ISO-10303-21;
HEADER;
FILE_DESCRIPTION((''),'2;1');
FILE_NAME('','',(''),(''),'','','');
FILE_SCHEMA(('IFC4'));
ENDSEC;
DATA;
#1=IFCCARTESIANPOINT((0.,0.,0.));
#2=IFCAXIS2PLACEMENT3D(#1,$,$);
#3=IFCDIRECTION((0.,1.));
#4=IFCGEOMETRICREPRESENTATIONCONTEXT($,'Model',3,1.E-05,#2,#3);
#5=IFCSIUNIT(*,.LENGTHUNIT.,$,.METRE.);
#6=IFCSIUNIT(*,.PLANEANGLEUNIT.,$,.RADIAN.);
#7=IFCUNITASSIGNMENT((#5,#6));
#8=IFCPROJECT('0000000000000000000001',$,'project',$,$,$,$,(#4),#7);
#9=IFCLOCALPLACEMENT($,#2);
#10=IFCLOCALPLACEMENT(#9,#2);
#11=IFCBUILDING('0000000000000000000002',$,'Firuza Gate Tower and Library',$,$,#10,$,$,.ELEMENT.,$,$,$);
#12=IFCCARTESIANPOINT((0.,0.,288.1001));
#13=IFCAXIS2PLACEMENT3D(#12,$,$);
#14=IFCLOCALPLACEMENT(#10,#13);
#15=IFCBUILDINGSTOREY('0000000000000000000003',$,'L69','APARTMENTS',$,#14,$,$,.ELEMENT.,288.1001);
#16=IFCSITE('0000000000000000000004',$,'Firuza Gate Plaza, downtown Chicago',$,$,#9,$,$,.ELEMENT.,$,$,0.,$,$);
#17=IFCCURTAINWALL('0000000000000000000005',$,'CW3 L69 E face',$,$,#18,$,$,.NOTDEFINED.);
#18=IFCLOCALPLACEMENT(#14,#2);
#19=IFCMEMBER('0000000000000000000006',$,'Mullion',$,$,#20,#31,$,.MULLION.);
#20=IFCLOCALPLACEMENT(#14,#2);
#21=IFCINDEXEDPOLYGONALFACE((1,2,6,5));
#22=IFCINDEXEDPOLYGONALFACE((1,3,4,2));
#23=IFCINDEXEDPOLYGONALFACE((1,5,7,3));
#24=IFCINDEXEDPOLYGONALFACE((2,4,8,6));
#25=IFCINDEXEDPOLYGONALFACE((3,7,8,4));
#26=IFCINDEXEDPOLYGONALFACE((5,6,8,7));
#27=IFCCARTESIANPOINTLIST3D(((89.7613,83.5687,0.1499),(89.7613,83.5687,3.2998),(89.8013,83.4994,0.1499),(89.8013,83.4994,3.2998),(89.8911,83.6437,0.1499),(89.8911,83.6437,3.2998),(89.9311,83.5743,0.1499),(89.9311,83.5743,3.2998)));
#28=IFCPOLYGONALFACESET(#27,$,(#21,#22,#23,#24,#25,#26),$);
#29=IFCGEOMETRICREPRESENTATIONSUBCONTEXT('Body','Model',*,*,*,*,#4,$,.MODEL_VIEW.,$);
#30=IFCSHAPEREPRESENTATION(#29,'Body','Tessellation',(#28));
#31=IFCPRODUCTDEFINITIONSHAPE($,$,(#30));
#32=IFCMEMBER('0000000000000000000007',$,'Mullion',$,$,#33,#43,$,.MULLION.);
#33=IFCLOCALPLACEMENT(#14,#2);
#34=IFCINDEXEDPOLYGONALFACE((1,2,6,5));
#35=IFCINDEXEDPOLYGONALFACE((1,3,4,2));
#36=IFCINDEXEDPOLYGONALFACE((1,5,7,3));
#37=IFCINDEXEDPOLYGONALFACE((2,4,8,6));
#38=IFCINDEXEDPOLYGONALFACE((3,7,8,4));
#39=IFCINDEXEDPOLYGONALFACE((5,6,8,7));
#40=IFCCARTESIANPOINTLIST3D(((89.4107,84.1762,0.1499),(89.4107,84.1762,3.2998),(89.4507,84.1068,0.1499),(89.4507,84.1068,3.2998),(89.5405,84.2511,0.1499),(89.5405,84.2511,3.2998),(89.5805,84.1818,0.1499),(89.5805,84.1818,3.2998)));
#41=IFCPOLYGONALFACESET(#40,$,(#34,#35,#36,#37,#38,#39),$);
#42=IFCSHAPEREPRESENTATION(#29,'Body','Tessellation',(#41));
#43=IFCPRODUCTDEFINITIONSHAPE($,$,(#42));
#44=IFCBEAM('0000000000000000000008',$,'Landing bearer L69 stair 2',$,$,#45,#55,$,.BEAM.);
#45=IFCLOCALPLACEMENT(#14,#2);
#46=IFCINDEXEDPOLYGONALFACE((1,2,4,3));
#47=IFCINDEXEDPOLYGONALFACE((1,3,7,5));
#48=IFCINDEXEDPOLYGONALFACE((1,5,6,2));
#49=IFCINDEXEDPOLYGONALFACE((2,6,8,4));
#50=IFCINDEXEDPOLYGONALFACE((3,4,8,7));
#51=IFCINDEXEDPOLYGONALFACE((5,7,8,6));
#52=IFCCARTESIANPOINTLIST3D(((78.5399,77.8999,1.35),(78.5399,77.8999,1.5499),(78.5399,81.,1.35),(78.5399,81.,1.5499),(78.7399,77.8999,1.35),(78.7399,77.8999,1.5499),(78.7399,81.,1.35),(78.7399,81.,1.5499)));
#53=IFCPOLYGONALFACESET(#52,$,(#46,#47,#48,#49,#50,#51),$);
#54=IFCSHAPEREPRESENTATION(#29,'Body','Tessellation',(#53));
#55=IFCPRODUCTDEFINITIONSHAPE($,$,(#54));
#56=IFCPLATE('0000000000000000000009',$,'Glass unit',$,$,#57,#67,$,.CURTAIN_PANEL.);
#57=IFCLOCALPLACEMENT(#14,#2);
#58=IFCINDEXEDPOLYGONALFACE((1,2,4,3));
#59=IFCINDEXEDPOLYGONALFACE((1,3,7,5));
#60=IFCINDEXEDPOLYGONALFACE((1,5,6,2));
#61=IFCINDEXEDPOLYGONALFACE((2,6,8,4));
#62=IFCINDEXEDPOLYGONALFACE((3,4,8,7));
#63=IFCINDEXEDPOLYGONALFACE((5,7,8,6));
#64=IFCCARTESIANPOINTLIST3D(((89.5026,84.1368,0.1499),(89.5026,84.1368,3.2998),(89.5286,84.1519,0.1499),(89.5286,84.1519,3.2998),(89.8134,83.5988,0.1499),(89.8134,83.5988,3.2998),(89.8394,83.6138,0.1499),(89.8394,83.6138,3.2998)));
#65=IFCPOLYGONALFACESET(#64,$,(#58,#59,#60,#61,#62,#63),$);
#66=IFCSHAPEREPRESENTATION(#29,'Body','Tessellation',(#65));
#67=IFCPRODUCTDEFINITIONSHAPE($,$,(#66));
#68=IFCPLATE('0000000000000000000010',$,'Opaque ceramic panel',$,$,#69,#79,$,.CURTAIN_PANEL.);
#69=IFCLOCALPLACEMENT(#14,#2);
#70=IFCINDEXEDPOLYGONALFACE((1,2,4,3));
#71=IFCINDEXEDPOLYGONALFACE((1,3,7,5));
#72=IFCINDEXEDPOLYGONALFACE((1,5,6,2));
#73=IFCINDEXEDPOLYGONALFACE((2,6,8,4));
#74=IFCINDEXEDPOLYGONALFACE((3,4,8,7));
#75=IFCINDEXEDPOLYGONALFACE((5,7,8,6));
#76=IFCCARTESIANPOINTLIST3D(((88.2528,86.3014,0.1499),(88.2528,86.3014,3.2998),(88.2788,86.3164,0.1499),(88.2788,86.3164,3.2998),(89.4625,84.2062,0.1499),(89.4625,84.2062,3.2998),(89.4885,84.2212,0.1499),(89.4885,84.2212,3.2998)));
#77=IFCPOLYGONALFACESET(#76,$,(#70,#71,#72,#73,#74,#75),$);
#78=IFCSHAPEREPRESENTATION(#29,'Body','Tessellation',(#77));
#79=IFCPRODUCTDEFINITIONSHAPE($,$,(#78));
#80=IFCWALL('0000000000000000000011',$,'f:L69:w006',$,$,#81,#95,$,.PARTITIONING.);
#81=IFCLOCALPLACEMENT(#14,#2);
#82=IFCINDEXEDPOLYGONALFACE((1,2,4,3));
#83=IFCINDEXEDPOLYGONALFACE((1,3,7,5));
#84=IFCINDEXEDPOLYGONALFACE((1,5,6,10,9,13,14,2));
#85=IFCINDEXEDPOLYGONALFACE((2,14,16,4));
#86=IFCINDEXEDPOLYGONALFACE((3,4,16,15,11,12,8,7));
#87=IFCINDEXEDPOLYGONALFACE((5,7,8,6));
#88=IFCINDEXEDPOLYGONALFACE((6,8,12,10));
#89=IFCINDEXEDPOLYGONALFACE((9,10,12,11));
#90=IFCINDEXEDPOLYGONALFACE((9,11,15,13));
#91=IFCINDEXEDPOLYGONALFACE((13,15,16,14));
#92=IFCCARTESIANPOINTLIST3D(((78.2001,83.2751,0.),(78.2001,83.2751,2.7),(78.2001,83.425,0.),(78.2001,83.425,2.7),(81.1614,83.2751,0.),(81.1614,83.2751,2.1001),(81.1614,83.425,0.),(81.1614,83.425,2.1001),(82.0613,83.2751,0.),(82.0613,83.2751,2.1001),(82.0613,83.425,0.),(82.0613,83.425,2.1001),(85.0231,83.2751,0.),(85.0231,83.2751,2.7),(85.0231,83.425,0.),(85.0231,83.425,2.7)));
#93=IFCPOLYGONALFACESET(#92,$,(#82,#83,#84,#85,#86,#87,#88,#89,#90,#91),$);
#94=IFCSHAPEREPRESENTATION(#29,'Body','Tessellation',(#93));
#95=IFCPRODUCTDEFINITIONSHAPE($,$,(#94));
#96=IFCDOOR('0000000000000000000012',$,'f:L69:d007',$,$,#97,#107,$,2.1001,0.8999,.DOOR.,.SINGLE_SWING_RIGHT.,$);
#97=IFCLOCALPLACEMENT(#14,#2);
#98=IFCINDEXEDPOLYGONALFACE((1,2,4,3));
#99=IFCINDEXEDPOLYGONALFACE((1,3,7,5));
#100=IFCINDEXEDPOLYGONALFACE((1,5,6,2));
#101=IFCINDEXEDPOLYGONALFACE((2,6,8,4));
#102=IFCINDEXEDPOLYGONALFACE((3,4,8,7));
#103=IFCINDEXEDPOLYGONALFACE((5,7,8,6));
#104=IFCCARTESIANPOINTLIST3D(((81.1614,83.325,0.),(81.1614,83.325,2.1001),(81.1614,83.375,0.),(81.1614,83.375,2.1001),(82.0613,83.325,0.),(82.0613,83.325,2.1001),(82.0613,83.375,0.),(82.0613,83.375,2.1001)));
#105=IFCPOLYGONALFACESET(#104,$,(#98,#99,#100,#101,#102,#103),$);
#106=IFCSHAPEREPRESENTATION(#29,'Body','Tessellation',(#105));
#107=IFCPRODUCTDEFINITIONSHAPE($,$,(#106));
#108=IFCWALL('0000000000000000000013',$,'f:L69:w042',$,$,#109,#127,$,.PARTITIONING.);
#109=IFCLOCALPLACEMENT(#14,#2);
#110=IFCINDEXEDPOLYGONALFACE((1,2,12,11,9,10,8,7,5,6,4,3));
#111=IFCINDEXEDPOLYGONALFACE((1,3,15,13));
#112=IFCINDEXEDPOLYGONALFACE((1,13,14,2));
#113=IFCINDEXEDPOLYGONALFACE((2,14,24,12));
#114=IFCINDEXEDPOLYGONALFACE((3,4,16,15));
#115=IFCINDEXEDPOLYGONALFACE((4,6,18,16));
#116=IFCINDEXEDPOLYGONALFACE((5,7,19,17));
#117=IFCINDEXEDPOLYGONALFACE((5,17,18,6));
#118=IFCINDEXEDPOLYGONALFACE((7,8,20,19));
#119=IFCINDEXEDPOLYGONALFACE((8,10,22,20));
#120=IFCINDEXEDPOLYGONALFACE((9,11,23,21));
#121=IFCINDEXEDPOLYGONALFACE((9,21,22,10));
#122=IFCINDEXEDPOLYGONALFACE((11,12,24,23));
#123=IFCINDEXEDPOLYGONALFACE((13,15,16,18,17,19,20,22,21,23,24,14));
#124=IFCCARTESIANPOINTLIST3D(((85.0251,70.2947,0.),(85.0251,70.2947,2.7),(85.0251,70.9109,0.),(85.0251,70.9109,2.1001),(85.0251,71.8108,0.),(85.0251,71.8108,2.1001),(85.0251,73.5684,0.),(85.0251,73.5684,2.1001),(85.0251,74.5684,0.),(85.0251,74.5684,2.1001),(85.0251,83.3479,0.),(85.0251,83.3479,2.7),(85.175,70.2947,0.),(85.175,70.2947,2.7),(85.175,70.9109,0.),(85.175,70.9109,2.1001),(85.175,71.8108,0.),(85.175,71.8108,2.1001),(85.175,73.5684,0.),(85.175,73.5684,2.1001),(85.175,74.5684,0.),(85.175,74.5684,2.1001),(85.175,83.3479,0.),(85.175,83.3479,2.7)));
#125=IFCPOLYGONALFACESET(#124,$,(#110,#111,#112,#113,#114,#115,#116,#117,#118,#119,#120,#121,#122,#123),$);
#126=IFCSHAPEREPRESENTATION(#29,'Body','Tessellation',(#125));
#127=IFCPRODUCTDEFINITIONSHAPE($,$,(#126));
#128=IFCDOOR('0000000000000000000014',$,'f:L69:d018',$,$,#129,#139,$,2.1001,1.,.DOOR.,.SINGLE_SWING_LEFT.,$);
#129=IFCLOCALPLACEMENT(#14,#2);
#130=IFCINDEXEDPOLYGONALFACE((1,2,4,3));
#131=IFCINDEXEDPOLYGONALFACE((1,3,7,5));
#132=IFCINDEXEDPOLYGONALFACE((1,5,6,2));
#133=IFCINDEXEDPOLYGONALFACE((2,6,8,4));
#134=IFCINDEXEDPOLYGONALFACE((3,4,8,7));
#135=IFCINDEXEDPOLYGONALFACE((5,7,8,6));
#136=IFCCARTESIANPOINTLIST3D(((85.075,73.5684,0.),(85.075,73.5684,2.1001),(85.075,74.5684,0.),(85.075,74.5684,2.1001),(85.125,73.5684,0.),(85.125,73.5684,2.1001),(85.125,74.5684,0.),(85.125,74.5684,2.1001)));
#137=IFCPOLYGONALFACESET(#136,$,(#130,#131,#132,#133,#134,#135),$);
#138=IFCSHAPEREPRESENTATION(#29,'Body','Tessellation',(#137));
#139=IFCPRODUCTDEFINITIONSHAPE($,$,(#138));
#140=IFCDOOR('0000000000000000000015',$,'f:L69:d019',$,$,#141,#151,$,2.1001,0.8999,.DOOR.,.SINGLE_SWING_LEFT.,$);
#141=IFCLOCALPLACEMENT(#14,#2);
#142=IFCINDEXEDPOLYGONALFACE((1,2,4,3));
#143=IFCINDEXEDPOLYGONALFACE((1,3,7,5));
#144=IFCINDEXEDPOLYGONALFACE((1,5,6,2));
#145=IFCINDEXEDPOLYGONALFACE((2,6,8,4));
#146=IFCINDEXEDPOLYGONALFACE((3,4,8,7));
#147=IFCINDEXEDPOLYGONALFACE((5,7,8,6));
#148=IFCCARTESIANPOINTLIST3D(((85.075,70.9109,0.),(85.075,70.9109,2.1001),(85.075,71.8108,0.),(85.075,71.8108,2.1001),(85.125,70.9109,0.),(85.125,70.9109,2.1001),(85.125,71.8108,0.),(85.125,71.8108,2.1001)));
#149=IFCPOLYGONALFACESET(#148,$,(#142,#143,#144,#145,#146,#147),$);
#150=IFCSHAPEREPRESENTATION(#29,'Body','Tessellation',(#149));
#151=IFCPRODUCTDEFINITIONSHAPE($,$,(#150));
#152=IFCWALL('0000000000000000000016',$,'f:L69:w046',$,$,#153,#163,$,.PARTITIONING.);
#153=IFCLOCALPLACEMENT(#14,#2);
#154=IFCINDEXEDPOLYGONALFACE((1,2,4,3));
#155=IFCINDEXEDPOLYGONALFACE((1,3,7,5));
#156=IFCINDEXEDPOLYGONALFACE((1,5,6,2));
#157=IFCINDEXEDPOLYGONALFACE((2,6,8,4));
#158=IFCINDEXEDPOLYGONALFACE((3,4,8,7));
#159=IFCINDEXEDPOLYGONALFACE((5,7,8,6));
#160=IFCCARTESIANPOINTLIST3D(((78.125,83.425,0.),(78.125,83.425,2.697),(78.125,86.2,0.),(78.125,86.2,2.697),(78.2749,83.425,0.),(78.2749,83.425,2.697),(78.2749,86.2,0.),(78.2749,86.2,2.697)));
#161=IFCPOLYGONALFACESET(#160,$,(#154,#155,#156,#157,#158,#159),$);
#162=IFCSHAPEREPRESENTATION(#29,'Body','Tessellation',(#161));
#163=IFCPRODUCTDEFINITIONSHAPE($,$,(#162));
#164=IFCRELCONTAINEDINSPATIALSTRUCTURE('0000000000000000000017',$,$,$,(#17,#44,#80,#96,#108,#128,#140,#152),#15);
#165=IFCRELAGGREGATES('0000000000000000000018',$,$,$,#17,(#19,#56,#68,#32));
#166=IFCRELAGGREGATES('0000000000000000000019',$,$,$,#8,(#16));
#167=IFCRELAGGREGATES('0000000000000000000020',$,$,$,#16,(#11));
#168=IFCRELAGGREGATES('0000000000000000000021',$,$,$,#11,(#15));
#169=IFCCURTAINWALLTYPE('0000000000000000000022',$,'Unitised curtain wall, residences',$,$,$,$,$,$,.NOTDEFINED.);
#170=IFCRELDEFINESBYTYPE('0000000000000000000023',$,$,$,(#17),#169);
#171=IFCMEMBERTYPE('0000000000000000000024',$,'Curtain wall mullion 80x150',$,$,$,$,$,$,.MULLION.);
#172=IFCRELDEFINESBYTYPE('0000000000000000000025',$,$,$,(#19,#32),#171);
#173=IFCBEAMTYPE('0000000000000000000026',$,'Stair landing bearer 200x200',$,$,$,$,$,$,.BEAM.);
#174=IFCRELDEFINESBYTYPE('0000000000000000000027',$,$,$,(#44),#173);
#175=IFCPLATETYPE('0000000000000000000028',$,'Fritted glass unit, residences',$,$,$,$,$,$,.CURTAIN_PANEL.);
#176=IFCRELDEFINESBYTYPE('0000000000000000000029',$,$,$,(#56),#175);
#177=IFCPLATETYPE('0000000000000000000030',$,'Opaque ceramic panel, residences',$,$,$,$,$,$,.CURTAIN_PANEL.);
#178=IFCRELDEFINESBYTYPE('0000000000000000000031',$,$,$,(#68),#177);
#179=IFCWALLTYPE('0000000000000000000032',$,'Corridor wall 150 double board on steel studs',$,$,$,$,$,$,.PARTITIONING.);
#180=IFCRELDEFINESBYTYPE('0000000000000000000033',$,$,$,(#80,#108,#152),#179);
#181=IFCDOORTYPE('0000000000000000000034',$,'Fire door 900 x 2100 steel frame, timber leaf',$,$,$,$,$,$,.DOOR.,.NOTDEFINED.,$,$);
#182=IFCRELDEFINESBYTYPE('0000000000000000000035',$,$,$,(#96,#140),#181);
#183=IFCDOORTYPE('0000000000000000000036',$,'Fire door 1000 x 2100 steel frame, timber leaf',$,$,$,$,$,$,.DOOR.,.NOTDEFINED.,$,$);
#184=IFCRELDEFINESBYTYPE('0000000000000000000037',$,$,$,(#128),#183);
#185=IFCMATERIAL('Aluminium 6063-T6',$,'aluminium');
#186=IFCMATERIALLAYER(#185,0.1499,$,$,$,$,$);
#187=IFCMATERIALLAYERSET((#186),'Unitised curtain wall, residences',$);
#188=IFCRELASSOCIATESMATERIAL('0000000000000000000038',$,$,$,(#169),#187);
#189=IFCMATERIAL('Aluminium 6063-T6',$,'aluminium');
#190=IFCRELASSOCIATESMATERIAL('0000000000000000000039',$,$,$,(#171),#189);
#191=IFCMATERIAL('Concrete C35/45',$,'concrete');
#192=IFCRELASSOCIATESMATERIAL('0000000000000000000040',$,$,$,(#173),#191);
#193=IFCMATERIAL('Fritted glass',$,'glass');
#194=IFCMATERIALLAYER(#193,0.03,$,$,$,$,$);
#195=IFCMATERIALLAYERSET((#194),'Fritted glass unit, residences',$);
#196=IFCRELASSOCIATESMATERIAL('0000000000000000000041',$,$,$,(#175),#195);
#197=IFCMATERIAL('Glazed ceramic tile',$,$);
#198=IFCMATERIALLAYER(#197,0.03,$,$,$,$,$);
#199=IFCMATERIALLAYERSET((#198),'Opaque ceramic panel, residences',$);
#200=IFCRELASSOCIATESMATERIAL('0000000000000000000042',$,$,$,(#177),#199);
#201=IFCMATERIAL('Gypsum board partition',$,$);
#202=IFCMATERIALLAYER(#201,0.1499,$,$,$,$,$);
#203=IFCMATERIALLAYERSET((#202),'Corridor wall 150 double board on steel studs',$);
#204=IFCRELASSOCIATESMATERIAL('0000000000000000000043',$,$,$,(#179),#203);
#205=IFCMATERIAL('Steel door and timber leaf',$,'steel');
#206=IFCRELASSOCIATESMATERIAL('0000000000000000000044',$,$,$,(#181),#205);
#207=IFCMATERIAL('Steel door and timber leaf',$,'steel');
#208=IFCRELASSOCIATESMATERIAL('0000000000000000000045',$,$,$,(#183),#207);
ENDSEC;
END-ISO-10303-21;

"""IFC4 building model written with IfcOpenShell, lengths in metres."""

from ifc_helpers import new_model, si_unit, direction, frame, frame_2d, origin, origin_2d, place, context, subcontext, project, spatial, polyline, rectangle, outline, extrude, material, layer, layer_set, material_profile, profile_set, type_object, element, fill, aggregate, save


model = new_model("IFC4")

# Units and contexts
model_context = context("Model", 3, precision=1e-05, world=origin(), true_north=direction((0.0, 1.0)))
body_context = subcontext(model_context, "Body", "Model", "MODEL_VIEW")
ifc_project = project(units=[si_unit("LENGTHUNIT", "METRE"), si_unit("PLANEANGLEUNIT", "RADIAN")], contexts=[model_context])

# Site, building, storey
site_placement = place(None, origin())
site = spatial("IfcSite", under=ifc_project, at=site_placement, Name="Firuza Gate Plaza, downtown Chicago", CompositionType="ELEMENT", RefElevation=0.0)
building_placement = place(site_placement, origin())
building = spatial("IfcBuilding", under=site, at=building_placement, Name="Firuza Gate Tower and Library", CompositionType="ELEMENT")
storey_placement = place(building_placement, frame((0.0, 0.0, 288.1001)))
storey = spatial("IfcBuildingStorey", under=building, at=storey_placement, Name="L69", Description="APARTMENTS", CompositionType="ELEMENT", Elevation=288.1001)

# Curtain wall, members
ifc_material_1 = material(Name="Aluminium 6063-T6", Category="aluminium")
ifc_layer_1 = layer(ifc_material_1, 0.1499)
ifc_layer_set_1 = layer_set([ifc_layer_1], Name="Unitised curtain wall, residences")
curtain_wall_type = type_object("IfcCurtainWallType", Name="Unitised curtain wall, residences", PredefinedType="NOTDEFINED", material=ifc_layer_set_1)
placement = place(storey_placement, origin())
curtain_wall = element("IfcCurtainWall", 1, at=placement, inside=storey, type_object=curtain_wall_type, Name="CW3 L69 E face", PredefinedType="NOTDEFINED")
ifc_material_2 = material(Name="Aluminium 6063-T6", Category="aluminium")
ifc_material_profile_1 = material_profile(ifc_material_2, rectangle(XDim=0.1499, YDim=0.0801, at=origin_2d()))
ifc_profile_set_1 = profile_set([ifc_material_profile_1], Name="Aluminium 6063-T6")
member_type = type_object("IfcMemberType", Name="Curtain wall mullion 80x150", PredefinedType="MULLION", material=ifc_profile_set_1)
member_1_placement = place(storey_placement, frame((89.8462, 83.5715, 0.1499), z_axis=(0.0, 0.0, 1.0), x_axis=(-0.866025, -0.5, 0.0)))
member_1 = element("IfcMember", 2, at=member_1_placement, type_object=member_type, Name="Mullion", PredefinedType="MULLION", context=body_context, shape_type="SweptSolid", body=[
    extrude(rectangle(XDim=0.1499, YDim=0.0801, at=origin_2d()), origin(), (0.0, 0.0, 1.0), 3.1499),
])
member_2_placement = place(storey_placement, frame((89.4956, 84.179, 0.1499), z_axis=(0.0, 0.0, 1.0), x_axis=(-0.866025, -0.5, 0.0)))
member_2 = element("IfcMember", 3, at=member_2_placement, type_object=member_type, Name="Mullion", PredefinedType="MULLION", context=body_context, shape_type="SweptSolid", body=[
    extrude(rectangle(XDim=0.1499, YDim=0.0801, at=origin_2d()), origin(), (0.0, 0.0, 1.0), 3.1499),
])

# Beam
ifc_material_3 = material(Name="Concrete C35/45", Category="concrete")
ifc_material_profile_2 = material_profile(ifc_material_3, rectangle(XDim=0.2, YDim=0.2, at=origin_2d()))
ifc_profile_set_2 = profile_set([ifc_material_profile_2], Name="Concrete C35/45")
beam_type = type_object("IfcBeamType", Name="Stair landing bearer 200x200", PredefinedType="BEAM", material=ifc_profile_set_2)
beam_placement = place(storey_placement, frame((78.6399, 81.0, 1.45), z_axis=(0.0, -1.0, 0.0), x_axis=(1.0, 0.0, 0.0)))
element("IfcBeam", 4, at=beam_placement, inside=storey, type_object=beam_type, Name="Landing bearer L69 stair 2", PredefinedType="BEAM", context=body_context, shape_type="SweptSolid", body=[
    extrude(rectangle(XDim=0.2, YDim=0.2, at=origin_2d()), origin(), (0.0, 0.0, 1.0), 3.1001),
])

# Plates
ifc_material_4 = material(Name="Fritted glass", Category="glass")
ifc_layer_2 = layer(ifc_material_4, 0.03)
ifc_layer_set_2 = layer_set([ifc_layer_2], Name="Fritted glass unit, residences")
plate_type_1 = type_object("IfcPlateType", Name="Fritted glass unit, residences", PredefinedType="CURTAIN_PANEL", material=ifc_layer_set_2)
plate_1_placement = place(storey_placement, frame((89.8394, 83.6138, 0.1499), z_axis=(0.865937, 0.500153, 0.0), x_axis=(-0.500153, 0.865937, 0.0)))
plate_1 = element("IfcPlate", 5, at=plate_1_placement, type_object=plate_type_1, Name="Glass unit", PredefinedType="CURTAIN_PANEL", context=body_context, shape_type="SweptSolid", body=[
    extrude(outline(polyline([(0.0, 0.0), (0.6214, 0.0), (0.6214, 3.1499), (0.0, 3.1499), (0.0, 0.0)])), origin(), (0.0, 0.0, -1.0), 0.03),
])
ifc_material_5 = material(Name="Glazed ceramic tile")
ifc_layer_3 = layer(ifc_material_5, 0.03)
ifc_layer_set_3 = layer_set([ifc_layer_3], Name="Opaque ceramic panel, residences")
plate_type_2 = type_object("IfcPlateType", Name="Opaque ceramic panel, residences", PredefinedType="CURTAIN_PANEL", material=ifc_layer_set_3)
plate_2_placement = place(storey_placement, frame((89.4885, 84.2212, 0.1499), z_axis=(0.866018, 0.500014, 0.0), x_axis=(-0.500014, 0.866018, 0.0)))
plate_2 = element("IfcPlate", 6, at=plate_2_placement, type_object=plate_type_2, Name="Opaque ceramic panel", PredefinedType="CURTAIN_PANEL", context=body_context, shape_type="SweptSolid", body=[
    extrude(outline(polyline([(0.0, 0.0), (2.4194, 0.0), (2.4194, 3.1499), (0.0, 3.1499), (0.0, 0.0)])), origin(), (0.0, 0.0, -1.0), 0.03),
])
aggregate(curtain_wall, [member_1, plate_1, plate_2, member_2])

# Wall, opening, door
ifc_material_6 = material(Name="Gypsum board partition")
ifc_layer_4 = layer(ifc_material_6, 0.1499)
ifc_layer_set_4 = layer_set([ifc_layer_4], Name="Corridor wall 150 double board on steel studs")
wall_type_1 = type_object("IfcWallType", Name="Corridor wall 150 double board on steel studs", PredefinedType="PARTITIONING", material=ifc_layer_set_4)
wall_1_placement = place(storey_placement, frame((78.2, 83.3501, 0.0), z_axis=(0.0, 0.0, 1.0), x_axis=(1.0, 0.0, 0.0)))
wall_1 = element("IfcWall", 7, at=wall_1_placement, inside=storey, type_object=wall_type_1, Name="f:L69:w006", PredefinedType="PARTITIONING", context=body_context, shape_type="SweptSolid", body=[
    extrude(rectangle(XDim=6.823, YDim=0.1499, at=frame_2d((3.4116, 0.0))), origin(), (0.0, 0.0, 1.0), 2.7),
])
opening_1_placement = place(wall_1_placement, frame((2.9614, 0.0, 0.0)))
opening_1 = element("IfcOpeningElement", 8, at=opening_1_placement, cuts=wall_1, PredefinedType="OPENING", context=body_context, shape_type="SweptSolid", body=[
    extrude(rectangle(XDim=0.8999, YDim=2.1001, at=frame_2d((0.45, 1.05))), frame((0.0, 0.085, 0.0), z_axis=(0.0, -1.0, 0.0), x_axis=(1.0, 0.0, 0.0)), (0.0, 0.0, 1.0), 0.1699),
])
ifc_material_7 = material(Name="Steel door and timber leaf", Category="steel")
door_type_1 = type_object("IfcDoorType", Name="Fire door 900 x 2100 steel frame, timber leaf", OperationType="NOTDEFINED", PredefinedType="DOOR", material=ifc_material_7)
door_1_placement = place(opening_1_placement, origin())
door_1 = element("IfcDoor", 9, at=door_1_placement, inside=storey, type_object=door_type_1, Name="f:L69:d007", OperationType="SINGLE_SWING_RIGHT", OverallHeight=2.1001, OverallWidth=0.8999, PredefinedType="DOOR", context=body_context, shape_type="SweptSolid", body=[
    extrude(rectangle(XDim=0.8999, YDim=2.1001, at=frame_2d((0.45, 1.05))), frame((0.0, 0.0249, 0.0), z_axis=(0.0, -1.0, 0.0), x_axis=(1.0, 0.0, 0.0)), (0.0, 0.0, 1.0), 0.05),
])
fill(opening_1, door_1)

# Wall, openings, doors
wall_2_placement = place(storey_placement, frame((85.1001, 83.3479, 0.0), z_axis=(0.0, 0.0, 1.0), x_axis=(0.0, -1.0, 0.0)))
wall_2 = element("IfcWall", 10, at=wall_2_placement, inside=storey, type_object=wall_type_1, Name="f:L69:w042", PredefinedType="PARTITIONING", context=body_context, shape_type="SweptSolid", body=[
    extrude(rectangle(XDim=13.0532, YDim=0.1499, at=frame_2d((6.5266, 0.0))), origin(), (0.0, 0.0, 1.0), 2.7),
])
opening_2_placement = place(wall_2_placement, frame((8.7795, 0.0, 0.0)))
opening_2 = element("IfcOpeningElement", 11, at=opening_2_placement, cuts=wall_2, PredefinedType="OPENING", context=body_context, shape_type="SweptSolid", body=[
    extrude(rectangle(XDim=1.0, YDim=2.1001, at=frame_2d((0.5, 1.05))), frame((0.0, 0.085, 0.0), z_axis=(0.0, -1.0, 0.0), x_axis=(1.0, 0.0, 0.0)), (0.0, 0.0, 1.0), 0.1699),
])
opening_3_placement = place(wall_2_placement, frame((11.5371, 0.0, 0.0)))
opening_3 = element("IfcOpeningElement", 12, at=opening_3_placement, cuts=wall_2, PredefinedType="OPENING", context=body_context, shape_type="SweptSolid", body=[
    extrude(rectangle(XDim=0.8999, YDim=2.1001, at=frame_2d((0.45, 1.05))), frame((0.0, 0.085, 0.0), z_axis=(0.0, -1.0, 0.0), x_axis=(1.0, 0.0, 0.0)), (0.0, 0.0, 1.0), 0.1699),
])
ifc_material_8 = material(Name="Steel door and timber leaf", Category="steel")
door_type_2 = type_object("IfcDoorType", Name="Fire door 1000 x 2100 steel frame, timber leaf", OperationType="NOTDEFINED", PredefinedType="DOOR", material=ifc_material_8)
door_2_placement = place(opening_2_placement, origin())
door_2 = element("IfcDoor", 13, at=door_2_placement, inside=storey, type_object=door_type_2, Name="f:L69:d018", OperationType="SINGLE_SWING_LEFT", OverallHeight=2.1001, OverallWidth=1.0, PredefinedType="DOOR", context=body_context, shape_type="SweptSolid", body=[
    extrude(rectangle(XDim=1.0, YDim=2.1001, at=frame_2d((0.5, 1.05))), frame((0.0, 0.0249, 0.0), z_axis=(0.0, -1.0, 0.0), x_axis=(1.0, 0.0, 0.0)), (0.0, 0.0, 1.0), 0.05),
])
fill(opening_2, door_2)
door_3_placement = place(opening_3_placement, origin())
door_3 = element("IfcDoor", 14, at=door_3_placement, inside=storey, type_object=door_type_1, Name="f:L69:d019", OperationType="SINGLE_SWING_LEFT", OverallHeight=2.1001, OverallWidth=0.8999, PredefinedType="DOOR", context=body_context, shape_type="SweptSolid", body=[
    extrude(rectangle(XDim=0.8999, YDim=2.1001, at=frame_2d((0.45, 1.05))), frame((0.0, 0.0249, 0.0), z_axis=(0.0, -1.0, 0.0), x_axis=(1.0, 0.0, 0.0)), (0.0, 0.0, 1.0), 0.05),
])
fill(opening_3, door_3)

# Wall
wall_3_placement = place(storey_placement, frame((78.2, 83.425, 0.0), z_axis=(0.0, 0.0, 1.0), x_axis=(0.0, 1.0, 0.0)))
element("IfcWall", 15, at=wall_3_placement, inside=storey, type_object=wall_type_1, Name="f:L69:w046", PredefinedType="PARTITIONING", context=body_context, shape_type="SweptSolid", body=[
    extrude(rectangle(XDim=2.7749, YDim=0.1499, at=frame_2d((1.3875, 0.0))), origin(), (0.0, 0.0, 1.0), 2.697),
])

save(model, "model.ifc")
